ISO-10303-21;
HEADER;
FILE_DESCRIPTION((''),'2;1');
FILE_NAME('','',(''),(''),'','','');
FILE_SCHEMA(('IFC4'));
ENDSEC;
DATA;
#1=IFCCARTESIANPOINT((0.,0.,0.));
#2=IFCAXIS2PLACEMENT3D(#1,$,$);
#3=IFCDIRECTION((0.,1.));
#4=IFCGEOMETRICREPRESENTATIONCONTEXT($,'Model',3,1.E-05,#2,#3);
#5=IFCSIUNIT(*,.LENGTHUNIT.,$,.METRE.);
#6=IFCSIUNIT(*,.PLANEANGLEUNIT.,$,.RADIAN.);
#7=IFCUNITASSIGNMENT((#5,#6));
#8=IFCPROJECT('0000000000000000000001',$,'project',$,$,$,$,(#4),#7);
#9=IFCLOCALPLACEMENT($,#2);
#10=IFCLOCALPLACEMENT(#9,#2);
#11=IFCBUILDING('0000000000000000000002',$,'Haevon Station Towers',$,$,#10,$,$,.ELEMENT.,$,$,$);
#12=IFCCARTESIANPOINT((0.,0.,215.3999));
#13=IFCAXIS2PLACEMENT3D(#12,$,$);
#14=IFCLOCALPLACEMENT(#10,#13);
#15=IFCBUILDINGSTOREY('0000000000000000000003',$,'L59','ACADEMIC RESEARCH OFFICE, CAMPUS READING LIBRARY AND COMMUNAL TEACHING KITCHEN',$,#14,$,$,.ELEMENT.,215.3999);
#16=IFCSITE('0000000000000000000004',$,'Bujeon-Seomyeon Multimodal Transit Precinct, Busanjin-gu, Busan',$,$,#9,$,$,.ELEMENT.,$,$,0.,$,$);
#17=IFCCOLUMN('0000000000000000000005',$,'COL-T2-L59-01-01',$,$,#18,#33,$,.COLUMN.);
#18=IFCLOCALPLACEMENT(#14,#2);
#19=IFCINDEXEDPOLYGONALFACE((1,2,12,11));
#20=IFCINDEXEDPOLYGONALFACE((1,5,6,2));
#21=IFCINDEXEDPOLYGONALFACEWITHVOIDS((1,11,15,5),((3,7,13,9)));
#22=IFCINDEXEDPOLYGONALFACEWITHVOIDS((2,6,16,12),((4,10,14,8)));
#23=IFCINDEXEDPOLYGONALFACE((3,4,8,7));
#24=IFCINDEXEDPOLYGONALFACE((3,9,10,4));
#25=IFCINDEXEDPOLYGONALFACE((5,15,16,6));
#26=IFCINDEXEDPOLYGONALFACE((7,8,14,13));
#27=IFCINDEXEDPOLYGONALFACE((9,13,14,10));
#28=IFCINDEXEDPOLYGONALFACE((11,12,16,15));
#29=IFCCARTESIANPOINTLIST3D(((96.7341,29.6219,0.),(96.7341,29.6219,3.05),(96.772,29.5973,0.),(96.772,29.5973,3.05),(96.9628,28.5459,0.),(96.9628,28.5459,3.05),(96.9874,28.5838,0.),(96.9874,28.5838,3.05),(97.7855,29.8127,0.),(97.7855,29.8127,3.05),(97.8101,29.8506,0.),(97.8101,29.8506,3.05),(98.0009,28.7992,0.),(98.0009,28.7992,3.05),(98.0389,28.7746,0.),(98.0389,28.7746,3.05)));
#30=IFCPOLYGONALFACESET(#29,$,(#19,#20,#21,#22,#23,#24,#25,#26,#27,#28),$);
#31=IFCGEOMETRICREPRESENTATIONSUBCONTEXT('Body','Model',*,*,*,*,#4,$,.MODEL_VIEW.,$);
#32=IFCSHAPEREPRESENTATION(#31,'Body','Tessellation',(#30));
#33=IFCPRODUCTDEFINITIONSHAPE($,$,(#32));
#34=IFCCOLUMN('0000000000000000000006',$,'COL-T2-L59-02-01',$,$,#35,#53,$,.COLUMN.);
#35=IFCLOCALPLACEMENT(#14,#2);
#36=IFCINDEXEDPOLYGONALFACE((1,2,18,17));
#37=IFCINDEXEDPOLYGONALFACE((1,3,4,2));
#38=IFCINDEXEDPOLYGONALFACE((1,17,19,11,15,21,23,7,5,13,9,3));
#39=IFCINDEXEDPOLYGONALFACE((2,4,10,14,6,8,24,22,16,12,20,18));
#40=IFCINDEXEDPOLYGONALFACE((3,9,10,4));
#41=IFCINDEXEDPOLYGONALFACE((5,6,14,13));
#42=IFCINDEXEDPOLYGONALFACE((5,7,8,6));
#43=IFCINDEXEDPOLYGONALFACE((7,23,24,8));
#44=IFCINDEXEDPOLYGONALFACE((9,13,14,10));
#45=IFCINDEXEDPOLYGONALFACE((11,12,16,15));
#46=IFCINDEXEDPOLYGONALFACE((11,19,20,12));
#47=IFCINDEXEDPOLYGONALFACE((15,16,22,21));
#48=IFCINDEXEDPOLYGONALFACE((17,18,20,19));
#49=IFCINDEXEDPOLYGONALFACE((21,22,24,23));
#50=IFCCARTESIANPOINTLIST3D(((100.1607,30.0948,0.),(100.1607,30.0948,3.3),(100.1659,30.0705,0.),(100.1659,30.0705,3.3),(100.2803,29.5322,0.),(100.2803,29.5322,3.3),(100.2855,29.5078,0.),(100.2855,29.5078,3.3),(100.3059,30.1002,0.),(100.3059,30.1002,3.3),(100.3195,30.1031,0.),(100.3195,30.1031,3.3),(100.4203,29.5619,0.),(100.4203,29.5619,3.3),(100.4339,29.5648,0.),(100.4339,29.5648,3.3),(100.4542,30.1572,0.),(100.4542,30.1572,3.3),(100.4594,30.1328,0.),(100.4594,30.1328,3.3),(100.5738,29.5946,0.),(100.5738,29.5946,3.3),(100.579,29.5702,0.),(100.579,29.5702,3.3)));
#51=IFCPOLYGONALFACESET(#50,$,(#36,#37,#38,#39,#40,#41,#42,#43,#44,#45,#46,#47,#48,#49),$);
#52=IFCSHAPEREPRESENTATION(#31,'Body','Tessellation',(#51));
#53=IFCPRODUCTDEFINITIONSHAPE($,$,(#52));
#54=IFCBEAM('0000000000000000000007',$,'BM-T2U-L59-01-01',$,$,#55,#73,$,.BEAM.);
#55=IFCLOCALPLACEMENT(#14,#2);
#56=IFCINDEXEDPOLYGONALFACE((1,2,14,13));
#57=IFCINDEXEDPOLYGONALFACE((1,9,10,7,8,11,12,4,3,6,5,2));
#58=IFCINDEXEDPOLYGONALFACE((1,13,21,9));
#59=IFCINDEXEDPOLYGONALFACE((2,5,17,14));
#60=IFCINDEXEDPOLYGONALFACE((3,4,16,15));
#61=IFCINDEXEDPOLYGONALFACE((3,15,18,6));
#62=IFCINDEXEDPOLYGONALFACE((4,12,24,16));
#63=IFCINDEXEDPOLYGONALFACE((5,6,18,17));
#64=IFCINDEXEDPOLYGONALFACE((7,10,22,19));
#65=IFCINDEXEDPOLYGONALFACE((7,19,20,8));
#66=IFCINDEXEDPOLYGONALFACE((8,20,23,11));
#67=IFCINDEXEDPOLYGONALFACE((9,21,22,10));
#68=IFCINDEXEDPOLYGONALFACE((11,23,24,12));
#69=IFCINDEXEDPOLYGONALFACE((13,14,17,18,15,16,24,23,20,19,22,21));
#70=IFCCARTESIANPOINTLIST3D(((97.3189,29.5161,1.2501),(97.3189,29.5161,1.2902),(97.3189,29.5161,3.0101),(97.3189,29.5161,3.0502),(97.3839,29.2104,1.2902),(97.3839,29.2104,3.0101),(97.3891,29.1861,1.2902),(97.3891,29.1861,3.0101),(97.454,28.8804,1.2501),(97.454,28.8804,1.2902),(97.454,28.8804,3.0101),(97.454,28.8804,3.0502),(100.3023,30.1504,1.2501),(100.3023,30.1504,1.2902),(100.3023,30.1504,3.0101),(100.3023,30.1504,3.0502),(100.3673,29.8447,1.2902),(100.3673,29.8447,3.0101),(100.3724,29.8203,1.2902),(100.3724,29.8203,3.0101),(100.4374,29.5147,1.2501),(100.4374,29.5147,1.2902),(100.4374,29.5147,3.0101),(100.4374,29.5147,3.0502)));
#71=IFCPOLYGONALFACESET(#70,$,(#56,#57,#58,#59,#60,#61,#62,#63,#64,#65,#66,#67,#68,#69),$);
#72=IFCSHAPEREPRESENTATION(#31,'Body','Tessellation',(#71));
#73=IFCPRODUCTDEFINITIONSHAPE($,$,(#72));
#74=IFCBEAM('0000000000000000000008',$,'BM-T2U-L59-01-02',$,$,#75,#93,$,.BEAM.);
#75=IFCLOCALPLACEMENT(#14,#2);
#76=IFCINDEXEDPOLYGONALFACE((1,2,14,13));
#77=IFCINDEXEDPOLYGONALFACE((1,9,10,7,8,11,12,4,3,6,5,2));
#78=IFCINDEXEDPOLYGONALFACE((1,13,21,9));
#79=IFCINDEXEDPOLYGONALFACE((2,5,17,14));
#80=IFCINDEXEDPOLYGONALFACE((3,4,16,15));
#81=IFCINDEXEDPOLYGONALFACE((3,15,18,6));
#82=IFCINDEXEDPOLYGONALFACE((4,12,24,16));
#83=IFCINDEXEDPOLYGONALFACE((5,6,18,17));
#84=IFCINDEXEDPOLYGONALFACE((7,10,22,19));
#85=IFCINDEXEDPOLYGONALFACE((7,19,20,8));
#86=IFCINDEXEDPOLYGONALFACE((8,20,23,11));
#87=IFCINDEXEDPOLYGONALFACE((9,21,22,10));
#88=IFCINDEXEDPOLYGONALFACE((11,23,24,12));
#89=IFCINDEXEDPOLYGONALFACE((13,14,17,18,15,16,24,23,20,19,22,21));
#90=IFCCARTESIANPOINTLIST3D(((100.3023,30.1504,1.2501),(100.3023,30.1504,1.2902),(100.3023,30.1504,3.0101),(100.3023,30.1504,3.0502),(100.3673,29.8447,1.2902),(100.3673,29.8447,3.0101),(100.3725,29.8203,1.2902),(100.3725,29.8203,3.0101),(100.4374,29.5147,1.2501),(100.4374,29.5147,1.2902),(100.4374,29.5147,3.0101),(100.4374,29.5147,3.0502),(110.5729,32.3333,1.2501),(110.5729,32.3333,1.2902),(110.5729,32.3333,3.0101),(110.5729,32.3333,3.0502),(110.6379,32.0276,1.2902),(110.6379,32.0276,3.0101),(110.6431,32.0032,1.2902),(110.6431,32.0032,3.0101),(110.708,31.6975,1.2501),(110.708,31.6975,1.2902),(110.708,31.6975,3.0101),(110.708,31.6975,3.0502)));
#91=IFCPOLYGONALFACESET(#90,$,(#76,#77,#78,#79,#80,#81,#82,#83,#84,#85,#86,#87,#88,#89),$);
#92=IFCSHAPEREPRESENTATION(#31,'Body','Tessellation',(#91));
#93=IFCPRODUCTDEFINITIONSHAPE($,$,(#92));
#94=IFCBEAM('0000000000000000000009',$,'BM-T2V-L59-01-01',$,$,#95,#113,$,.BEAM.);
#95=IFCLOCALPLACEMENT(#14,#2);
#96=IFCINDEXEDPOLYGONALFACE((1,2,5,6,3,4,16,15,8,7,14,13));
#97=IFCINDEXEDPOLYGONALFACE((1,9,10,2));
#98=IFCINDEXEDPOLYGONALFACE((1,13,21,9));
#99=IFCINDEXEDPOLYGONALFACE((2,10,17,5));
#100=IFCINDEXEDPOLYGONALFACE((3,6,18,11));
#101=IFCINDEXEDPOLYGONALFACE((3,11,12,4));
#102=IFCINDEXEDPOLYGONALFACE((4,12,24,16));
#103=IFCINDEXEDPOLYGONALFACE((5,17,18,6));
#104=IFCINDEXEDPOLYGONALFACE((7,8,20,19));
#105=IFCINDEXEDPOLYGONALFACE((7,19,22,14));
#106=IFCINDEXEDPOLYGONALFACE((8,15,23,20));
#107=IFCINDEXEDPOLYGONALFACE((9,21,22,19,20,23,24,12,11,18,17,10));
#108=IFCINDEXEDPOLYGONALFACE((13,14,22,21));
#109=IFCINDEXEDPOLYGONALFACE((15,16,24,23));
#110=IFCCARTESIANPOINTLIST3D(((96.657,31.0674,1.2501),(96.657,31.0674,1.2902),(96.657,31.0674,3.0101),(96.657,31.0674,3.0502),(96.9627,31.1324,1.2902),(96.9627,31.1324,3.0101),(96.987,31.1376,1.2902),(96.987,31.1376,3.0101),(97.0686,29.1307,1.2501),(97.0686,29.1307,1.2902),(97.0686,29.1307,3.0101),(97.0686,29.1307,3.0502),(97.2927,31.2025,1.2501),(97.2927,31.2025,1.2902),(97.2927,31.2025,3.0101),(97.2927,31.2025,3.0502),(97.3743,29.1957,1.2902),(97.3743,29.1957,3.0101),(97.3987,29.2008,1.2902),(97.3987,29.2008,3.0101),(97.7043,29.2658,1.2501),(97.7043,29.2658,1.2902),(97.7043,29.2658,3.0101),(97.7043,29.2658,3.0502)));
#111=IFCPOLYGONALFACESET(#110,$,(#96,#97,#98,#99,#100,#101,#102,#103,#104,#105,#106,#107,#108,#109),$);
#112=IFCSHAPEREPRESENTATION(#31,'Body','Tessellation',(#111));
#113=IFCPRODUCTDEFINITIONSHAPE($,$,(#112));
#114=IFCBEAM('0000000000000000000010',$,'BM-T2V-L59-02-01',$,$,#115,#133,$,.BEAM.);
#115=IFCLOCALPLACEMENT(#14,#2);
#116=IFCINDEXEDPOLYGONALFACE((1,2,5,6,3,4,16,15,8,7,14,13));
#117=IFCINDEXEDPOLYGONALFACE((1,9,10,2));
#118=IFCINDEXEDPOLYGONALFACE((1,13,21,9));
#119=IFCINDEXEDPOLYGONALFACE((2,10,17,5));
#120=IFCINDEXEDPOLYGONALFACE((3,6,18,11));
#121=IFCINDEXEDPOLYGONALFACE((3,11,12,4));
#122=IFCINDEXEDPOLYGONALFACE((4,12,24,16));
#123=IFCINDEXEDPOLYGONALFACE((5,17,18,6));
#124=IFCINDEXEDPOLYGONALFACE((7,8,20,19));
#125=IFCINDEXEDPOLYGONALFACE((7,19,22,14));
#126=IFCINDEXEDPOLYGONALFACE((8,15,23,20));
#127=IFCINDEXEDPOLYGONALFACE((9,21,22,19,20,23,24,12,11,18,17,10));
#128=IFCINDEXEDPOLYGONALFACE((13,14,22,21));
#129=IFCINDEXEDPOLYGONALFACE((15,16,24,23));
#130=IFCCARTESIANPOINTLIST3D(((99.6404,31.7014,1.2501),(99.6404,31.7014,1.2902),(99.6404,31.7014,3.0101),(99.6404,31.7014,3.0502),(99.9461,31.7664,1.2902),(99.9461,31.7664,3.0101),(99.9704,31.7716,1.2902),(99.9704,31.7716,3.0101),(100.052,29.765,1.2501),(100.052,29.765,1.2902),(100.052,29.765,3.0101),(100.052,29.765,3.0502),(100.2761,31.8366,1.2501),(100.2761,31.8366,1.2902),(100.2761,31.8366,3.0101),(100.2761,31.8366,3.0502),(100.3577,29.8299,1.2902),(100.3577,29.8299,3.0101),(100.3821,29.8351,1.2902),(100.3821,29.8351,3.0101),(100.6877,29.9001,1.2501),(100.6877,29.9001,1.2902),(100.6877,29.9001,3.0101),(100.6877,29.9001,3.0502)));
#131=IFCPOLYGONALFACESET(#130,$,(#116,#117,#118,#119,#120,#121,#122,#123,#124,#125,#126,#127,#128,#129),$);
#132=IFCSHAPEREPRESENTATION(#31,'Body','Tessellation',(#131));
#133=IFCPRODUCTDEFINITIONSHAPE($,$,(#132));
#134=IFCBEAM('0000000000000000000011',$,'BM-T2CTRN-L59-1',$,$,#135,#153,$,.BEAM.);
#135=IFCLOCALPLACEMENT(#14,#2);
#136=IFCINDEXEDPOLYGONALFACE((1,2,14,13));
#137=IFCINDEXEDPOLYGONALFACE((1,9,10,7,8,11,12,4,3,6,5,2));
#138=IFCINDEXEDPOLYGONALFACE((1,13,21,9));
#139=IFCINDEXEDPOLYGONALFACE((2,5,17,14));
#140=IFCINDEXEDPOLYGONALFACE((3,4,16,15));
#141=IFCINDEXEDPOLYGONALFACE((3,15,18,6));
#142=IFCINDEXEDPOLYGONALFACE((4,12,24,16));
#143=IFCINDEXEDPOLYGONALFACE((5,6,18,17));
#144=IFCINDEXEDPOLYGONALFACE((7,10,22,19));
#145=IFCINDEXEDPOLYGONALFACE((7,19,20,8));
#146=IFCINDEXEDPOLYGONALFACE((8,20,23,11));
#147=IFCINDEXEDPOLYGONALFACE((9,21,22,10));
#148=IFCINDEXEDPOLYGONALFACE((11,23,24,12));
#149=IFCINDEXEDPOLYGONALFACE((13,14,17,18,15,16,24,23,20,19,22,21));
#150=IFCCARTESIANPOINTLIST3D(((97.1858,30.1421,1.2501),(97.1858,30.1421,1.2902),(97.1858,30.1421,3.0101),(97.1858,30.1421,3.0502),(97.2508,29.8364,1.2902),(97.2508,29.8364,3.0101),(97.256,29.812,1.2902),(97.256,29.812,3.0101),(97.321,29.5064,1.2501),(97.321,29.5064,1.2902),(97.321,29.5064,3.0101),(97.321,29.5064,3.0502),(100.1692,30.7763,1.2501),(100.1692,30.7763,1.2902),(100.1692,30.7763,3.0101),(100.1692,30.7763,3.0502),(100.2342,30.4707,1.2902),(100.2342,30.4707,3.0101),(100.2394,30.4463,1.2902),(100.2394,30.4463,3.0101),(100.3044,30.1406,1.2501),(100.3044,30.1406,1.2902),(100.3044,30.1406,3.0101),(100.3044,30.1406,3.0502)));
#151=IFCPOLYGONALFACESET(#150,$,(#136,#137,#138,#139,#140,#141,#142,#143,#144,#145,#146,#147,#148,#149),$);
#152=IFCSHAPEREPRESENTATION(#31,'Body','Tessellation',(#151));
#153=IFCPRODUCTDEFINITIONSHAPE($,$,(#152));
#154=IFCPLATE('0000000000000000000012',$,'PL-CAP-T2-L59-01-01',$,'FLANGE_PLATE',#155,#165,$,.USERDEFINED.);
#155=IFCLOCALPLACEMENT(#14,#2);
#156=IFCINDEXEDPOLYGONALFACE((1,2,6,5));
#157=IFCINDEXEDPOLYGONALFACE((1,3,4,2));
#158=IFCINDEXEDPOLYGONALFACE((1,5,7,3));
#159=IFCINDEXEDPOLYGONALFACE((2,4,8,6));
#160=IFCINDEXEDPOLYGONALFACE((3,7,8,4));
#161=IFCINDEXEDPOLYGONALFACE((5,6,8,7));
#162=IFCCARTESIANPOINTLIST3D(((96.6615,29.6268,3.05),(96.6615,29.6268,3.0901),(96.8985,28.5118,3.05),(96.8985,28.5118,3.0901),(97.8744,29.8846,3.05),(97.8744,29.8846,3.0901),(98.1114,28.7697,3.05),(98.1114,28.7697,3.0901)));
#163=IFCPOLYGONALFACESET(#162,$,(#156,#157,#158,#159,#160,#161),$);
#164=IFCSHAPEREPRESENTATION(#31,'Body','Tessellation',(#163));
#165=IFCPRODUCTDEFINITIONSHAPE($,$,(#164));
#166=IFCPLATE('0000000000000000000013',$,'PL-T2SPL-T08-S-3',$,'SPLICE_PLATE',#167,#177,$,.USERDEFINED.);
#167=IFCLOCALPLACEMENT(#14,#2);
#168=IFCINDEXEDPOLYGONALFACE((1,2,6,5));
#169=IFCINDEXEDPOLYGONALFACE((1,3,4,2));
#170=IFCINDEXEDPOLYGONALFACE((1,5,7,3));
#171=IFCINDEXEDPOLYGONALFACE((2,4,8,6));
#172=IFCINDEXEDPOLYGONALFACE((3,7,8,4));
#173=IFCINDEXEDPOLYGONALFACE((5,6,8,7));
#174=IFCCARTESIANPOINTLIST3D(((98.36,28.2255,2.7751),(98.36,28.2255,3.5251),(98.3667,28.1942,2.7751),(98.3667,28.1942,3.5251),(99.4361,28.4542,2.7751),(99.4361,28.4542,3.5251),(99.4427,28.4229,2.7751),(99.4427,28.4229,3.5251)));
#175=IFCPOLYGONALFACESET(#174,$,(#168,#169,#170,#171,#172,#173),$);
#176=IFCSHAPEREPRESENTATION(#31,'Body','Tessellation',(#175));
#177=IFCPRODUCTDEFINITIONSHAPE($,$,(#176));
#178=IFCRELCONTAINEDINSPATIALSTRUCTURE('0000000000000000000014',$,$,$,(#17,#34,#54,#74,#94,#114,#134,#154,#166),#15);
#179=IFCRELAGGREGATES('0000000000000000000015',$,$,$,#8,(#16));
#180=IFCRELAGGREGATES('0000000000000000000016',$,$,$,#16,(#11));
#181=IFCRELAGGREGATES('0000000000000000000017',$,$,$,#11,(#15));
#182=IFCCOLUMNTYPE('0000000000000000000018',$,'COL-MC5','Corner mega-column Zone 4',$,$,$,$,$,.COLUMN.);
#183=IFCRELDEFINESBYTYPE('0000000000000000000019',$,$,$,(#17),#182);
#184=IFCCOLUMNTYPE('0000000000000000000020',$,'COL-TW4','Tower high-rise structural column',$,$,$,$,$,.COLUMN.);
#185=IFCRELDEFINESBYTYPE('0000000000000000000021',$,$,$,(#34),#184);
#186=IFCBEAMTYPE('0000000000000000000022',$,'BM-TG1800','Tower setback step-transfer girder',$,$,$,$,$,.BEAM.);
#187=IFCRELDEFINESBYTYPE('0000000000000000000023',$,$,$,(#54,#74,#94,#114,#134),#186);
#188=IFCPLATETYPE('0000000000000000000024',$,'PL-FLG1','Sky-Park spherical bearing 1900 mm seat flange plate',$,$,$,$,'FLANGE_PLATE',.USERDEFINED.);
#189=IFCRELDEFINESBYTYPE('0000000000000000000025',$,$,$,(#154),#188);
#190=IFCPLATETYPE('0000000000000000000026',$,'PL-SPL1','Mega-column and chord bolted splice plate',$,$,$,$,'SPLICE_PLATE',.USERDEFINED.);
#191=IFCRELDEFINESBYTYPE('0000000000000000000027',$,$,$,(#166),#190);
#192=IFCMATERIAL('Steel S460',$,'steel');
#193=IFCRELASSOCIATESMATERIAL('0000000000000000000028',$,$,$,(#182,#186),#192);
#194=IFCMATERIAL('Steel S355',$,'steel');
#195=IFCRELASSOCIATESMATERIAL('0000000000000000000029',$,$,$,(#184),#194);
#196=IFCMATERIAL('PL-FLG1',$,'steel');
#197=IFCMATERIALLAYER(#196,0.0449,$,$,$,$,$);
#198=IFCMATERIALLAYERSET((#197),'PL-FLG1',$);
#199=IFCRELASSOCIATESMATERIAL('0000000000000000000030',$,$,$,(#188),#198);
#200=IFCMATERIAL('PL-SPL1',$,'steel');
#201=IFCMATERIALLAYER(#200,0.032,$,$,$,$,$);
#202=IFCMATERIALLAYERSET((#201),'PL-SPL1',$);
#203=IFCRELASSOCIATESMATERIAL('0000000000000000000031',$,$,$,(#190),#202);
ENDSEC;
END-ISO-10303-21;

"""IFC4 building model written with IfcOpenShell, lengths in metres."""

from ifc_helpers import new_model, si_unit, direction, frame, origin, origin_2d, place, context, subcontext, project, spatial, rectangle, hollow_rectangle, i_section, extrude, material, layer, layer_set, material_profile, profile_set, type_object, element, save


model = new_model("IFC4")

# Units and contexts
model_context = context("Model", 3, precision=1e-05, world=origin(), true_north=direction((0.0, 1.0)))
body_context = subcontext(model_context, "Body", "Model", "MODEL_VIEW")
ifc_project = project(units=[si_unit("LENGTHUNIT", "METRE"), si_unit("PLANEANGLEUNIT", "RADIAN")], contexts=[model_context])

# Site, building, storey
site_placement = place(None, origin())
site = spatial("IfcSite", under=ifc_project, at=site_placement, Name="Bujeon-Seomyeon Multimodal Transit Precinct, Busanjin-gu, Busan", CompositionType="ELEMENT", RefElevation=0.0)
building_placement = place(site_placement, origin())
building = spatial("IfcBuilding", under=site, at=building_placement, Name="Haevon Station Towers", CompositionType="ELEMENT")
storey_placement = place(building_placement, frame((0.0, 0.0, 215.3999)))
storey = spatial("IfcBuildingStorey", under=building, at=storey_placement, Name="L59", Description="ACADEMIC RESEARCH OFFICE, CAMPUS READING LIBRARY AND COMMUNAL TEACHING KITCHEN", CompositionType="ELEMENT", Elevation=215.3999)

# Columns
ifc_material_1 = material(Name="Steel S460", Category="steel")
ifc_material_profile_1 = material_profile(ifc_material_1, hollow_rectangle(XDim=1.1001, YDim=1.1001, WallThickness=0.032, at=origin_2d()), Name="BOX-1100x1100x32")
ifc_profile_set_1 = profile_set([ifc_material_profile_1], Name="Steel S460")
column_type_1 = type_object("IfcColumnType", Name="COL-MC5", Description="Corner mega-column Zone 4", PredefinedType="COLUMN", material=ifc_profile_set_1)
column_1_placement = place(storey_placement, frame((97.3865, 29.1982, 0.0), z_axis=(0.0, 0.0, 1.0), x_axis=(0.978148, 0.207912, 0.0)))
element("IfcColumn", 1, at=column_1_placement, inside=storey, type_object=column_type_1, Name="COL-T2-L59-01-01", PredefinedType="COLUMN", context=body_context, shape_type="SweptSolid", body=[
    extrude(hollow_rectangle(XDim=1.1001, YDim=1.1001, WallThickness=0.032, at=origin_2d()), origin(), (0.0, 0.0, 1.0), 3.05),
])
ifc_material_2 = material(Name="Steel S355", Category="steel")
ifc_material_profile_2 = material_profile(ifc_material_2, i_section(OverallWidth=0.3, OverallDepth=0.6001, WebThickness=0.0139, FlangeThickness=0.0249, at=origin_2d()), Name="H-600x300x14x25")
ifc_profile_set_2 = profile_set([ifc_material_profile_2], Name="Steel S355")
column_type_2 = type_object("IfcColumnType", Name="COL-TW4", Description="Tower high-rise structural column", PredefinedType="COLUMN", material=ifc_profile_set_2)
column_2_placement = place(storey_placement, frame((100.3699, 29.8325, 0.0), z_axis=(0.0, 0.0, 1.0), x_axis=(0.978148, 0.207912, 0.0)))
element("IfcColumn", 2, at=column_2_placement, inside=storey, type_object=column_type_2, Name="COL-T2-L59-02-01", PredefinedType="COLUMN", context=body_context, shape_type="SweptSolid", body=[
    extrude(i_section(OverallWidth=0.3, OverallDepth=0.6001, WebThickness=0.0139, FlangeThickness=0.0249, at=origin_2d()), origin(), (0.0, 0.0, 1.0), 3.3),
])

# Beams
ifc_material_profile_3 = material_profile(ifc_material_1, i_section(OverallWidth=0.6499, OverallDepth=1.8, WebThickness=0.0249, FlangeThickness=0.04, at=origin_2d()), Name="H-1800x650x25x40")
ifc_profile_set_3 = profile_set([ifc_material_profile_3], Name="Steel S460")
beam_type = type_object("IfcBeamType", Name="BM-TG1800", Description="Tower setback step-transfer girder", PredefinedType="BEAM", material=ifc_profile_set_3)
beam_1_placement = place(storey_placement, frame((97.3865, 29.1982, 2.1501), z_axis=(0.978139, 0.207954, 0.0), x_axis=(-0.207954, 0.978139, 0.0)))
element("IfcBeam", 3, at=beam_1_placement, inside=storey, type_object=beam_type, Name="BM-T2U-L59-01-01", PredefinedType="BEAM", context=body_context, shape_type="SweptSolid", body=[
    extrude(i_section(OverallWidth=0.6499, OverallDepth=1.8, WebThickness=0.0249, FlangeThickness=0.04, at=origin_2d()), origin(), (0.0, 0.0, 1.0), 3.05),
])
beam_2_placement = place(storey_placement, frame((100.3699, 29.8325, 2.1501), z_axis=(0.978152, 0.207893, 0.0), x_axis=(-0.207893, 0.978152, 0.0)))
element("IfcBeam", 4, at=beam_2_placement, inside=storey, type_object=beam_type, Name="BM-T2U-L59-01-02", PredefinedType="BEAM", context=body_context, shape_type="SweptSolid", body=[
    extrude(i_section(OverallWidth=0.6499, OverallDepth=1.8, WebThickness=0.0249, FlangeThickness=0.04, at=origin_2d()), origin(), (0.0, 0.0, 1.0), 10.5),
])
beam_3_placement = place(storey_placement, frame((97.3865, 29.1982, 2.1501), z_axis=(-0.207887, 0.978153, 0.0), x_axis=(-0.978153, -0.207887, 0.0)))
element("IfcBeam", 5, at=beam_3_placement, inside=storey, type_object=beam_type, Name="BM-T2V-L59-01-01", PredefinedType="BEAM", context=body_context, shape_type="SweptSolid", body=[
    extrude(i_section(OverallWidth=0.6499, OverallDepth=1.8, WebThickness=0.0249, FlangeThickness=0.04, at=origin_2d()), origin(), (0.0, 0.0, 1.0), 1.98),
])
beam_4_placement = place(storey_placement, frame((100.3699, 29.8325, 2.1501), z_axis=(-0.207912, 0.978148, 0.0), x_axis=(-0.978148, -0.207912, 0.0)))
element("IfcBeam", 6, at=beam_4_placement, inside=storey, type_object=beam_type, Name="BM-T2V-L59-02-01", PredefinedType="BEAM", context=body_context, shape_type="SweptSolid", body=[
    extrude(i_section(OverallWidth=0.6499, OverallDepth=1.8, WebThickness=0.0249, FlangeThickness=0.04, at=origin_2d()), origin(), (0.0, 0.0, 1.0), 1.9797),
])
beam_5_placement = place(storey_placement, frame((97.2534, 29.8242, 2.1501), z_axis=(0.978139, 0.207954, 0.0), x_axis=(-0.207954, 0.978139, 0.0)))
element("IfcBeam", 7, at=beam_5_placement, inside=storey, type_object=beam_type, Name="BM-T2CTRN-L59-1", PredefinedType="BEAM", context=body_context, shape_type="SweptSolid", body=[
    extrude(i_section(OverallWidth=0.6499, OverallDepth=1.8, WebThickness=0.0249, FlangeThickness=0.04, at=origin_2d()), origin(), (0.0, 0.0, 1.0), 3.05),
])

# Plates
ifc_material_3 = material(Name="PL-FLG1", Category="steel")
ifc_layer_1 = layer(ifc_material_3, 0.0449)
ifc_layer_set_1 = layer_set([ifc_layer_1], Name="PL-FLG1")
plate_type_1 = type_object("IfcPlateType", Name="PL-FLG1", Description="Sky-Park spherical bearing 1900 mm seat flange plate", ElementType="FLANGE_PLATE", PredefinedType="USERDEFINED", material=ifc_layer_set_1)
plate_1_placement = place(storey_placement, frame((97.3865, 29.1982, 3.05), z_axis=(0.0, 0.0, 1.0), x_axis=(0.978148, 0.207912, 0.0)))
element("IfcPlate", 8, at=plate_1_placement, inside=storey, type_object=plate_type_1, Name="PL-CAP-T2-L59-01-01", ObjectType="FLANGE_PLATE", PredefinedType="USERDEFINED", context=body_context, shape_type="SweptSolid", body=[
    extrude(rectangle(XDim=1.24, YDim=1.1399, at=origin_2d()), origin(), (0.0, 0.0, 1.0), 0.04),
])
ifc_material_4 = material(Name="PL-SPL1", Category="steel")
ifc_layer_2 = layer(ifc_material_4, 0.032)
ifc_layer_set_2 = layer_set([ifc_layer_2], Name="PL-SPL1")
plate_type_2 = type_object("IfcPlateType", Name="PL-SPL1", Description="Mega-column and chord bolted splice plate", ElementType="SPLICE_PLATE", PredefinedType="USERDEFINED", material=ifc_layer_set_2)
plate_2_placement = place(storey_placement, frame((98.9014, 28.3242, 2.7751), z_axis=(0.0, 0.0, 1.0), x_axis=(0.978148, 0.207912, 0.0)))
element("IfcPlate", 9, at=plate_2_placement, inside=storey, type_object=plate_type_2, Name="PL-T2SPL-T08-S-3", ObjectType="SPLICE_PLATE", PredefinedType="USERDEFINED", context=body_context, shape_type="SweptSolid", body=[
    extrude(rectangle(XDim=1.1001, YDim=0.032, at=origin_2d()), origin(), (0.0, 0.0, 1.0), 0.75),
])

save(model, "model.ifc")
